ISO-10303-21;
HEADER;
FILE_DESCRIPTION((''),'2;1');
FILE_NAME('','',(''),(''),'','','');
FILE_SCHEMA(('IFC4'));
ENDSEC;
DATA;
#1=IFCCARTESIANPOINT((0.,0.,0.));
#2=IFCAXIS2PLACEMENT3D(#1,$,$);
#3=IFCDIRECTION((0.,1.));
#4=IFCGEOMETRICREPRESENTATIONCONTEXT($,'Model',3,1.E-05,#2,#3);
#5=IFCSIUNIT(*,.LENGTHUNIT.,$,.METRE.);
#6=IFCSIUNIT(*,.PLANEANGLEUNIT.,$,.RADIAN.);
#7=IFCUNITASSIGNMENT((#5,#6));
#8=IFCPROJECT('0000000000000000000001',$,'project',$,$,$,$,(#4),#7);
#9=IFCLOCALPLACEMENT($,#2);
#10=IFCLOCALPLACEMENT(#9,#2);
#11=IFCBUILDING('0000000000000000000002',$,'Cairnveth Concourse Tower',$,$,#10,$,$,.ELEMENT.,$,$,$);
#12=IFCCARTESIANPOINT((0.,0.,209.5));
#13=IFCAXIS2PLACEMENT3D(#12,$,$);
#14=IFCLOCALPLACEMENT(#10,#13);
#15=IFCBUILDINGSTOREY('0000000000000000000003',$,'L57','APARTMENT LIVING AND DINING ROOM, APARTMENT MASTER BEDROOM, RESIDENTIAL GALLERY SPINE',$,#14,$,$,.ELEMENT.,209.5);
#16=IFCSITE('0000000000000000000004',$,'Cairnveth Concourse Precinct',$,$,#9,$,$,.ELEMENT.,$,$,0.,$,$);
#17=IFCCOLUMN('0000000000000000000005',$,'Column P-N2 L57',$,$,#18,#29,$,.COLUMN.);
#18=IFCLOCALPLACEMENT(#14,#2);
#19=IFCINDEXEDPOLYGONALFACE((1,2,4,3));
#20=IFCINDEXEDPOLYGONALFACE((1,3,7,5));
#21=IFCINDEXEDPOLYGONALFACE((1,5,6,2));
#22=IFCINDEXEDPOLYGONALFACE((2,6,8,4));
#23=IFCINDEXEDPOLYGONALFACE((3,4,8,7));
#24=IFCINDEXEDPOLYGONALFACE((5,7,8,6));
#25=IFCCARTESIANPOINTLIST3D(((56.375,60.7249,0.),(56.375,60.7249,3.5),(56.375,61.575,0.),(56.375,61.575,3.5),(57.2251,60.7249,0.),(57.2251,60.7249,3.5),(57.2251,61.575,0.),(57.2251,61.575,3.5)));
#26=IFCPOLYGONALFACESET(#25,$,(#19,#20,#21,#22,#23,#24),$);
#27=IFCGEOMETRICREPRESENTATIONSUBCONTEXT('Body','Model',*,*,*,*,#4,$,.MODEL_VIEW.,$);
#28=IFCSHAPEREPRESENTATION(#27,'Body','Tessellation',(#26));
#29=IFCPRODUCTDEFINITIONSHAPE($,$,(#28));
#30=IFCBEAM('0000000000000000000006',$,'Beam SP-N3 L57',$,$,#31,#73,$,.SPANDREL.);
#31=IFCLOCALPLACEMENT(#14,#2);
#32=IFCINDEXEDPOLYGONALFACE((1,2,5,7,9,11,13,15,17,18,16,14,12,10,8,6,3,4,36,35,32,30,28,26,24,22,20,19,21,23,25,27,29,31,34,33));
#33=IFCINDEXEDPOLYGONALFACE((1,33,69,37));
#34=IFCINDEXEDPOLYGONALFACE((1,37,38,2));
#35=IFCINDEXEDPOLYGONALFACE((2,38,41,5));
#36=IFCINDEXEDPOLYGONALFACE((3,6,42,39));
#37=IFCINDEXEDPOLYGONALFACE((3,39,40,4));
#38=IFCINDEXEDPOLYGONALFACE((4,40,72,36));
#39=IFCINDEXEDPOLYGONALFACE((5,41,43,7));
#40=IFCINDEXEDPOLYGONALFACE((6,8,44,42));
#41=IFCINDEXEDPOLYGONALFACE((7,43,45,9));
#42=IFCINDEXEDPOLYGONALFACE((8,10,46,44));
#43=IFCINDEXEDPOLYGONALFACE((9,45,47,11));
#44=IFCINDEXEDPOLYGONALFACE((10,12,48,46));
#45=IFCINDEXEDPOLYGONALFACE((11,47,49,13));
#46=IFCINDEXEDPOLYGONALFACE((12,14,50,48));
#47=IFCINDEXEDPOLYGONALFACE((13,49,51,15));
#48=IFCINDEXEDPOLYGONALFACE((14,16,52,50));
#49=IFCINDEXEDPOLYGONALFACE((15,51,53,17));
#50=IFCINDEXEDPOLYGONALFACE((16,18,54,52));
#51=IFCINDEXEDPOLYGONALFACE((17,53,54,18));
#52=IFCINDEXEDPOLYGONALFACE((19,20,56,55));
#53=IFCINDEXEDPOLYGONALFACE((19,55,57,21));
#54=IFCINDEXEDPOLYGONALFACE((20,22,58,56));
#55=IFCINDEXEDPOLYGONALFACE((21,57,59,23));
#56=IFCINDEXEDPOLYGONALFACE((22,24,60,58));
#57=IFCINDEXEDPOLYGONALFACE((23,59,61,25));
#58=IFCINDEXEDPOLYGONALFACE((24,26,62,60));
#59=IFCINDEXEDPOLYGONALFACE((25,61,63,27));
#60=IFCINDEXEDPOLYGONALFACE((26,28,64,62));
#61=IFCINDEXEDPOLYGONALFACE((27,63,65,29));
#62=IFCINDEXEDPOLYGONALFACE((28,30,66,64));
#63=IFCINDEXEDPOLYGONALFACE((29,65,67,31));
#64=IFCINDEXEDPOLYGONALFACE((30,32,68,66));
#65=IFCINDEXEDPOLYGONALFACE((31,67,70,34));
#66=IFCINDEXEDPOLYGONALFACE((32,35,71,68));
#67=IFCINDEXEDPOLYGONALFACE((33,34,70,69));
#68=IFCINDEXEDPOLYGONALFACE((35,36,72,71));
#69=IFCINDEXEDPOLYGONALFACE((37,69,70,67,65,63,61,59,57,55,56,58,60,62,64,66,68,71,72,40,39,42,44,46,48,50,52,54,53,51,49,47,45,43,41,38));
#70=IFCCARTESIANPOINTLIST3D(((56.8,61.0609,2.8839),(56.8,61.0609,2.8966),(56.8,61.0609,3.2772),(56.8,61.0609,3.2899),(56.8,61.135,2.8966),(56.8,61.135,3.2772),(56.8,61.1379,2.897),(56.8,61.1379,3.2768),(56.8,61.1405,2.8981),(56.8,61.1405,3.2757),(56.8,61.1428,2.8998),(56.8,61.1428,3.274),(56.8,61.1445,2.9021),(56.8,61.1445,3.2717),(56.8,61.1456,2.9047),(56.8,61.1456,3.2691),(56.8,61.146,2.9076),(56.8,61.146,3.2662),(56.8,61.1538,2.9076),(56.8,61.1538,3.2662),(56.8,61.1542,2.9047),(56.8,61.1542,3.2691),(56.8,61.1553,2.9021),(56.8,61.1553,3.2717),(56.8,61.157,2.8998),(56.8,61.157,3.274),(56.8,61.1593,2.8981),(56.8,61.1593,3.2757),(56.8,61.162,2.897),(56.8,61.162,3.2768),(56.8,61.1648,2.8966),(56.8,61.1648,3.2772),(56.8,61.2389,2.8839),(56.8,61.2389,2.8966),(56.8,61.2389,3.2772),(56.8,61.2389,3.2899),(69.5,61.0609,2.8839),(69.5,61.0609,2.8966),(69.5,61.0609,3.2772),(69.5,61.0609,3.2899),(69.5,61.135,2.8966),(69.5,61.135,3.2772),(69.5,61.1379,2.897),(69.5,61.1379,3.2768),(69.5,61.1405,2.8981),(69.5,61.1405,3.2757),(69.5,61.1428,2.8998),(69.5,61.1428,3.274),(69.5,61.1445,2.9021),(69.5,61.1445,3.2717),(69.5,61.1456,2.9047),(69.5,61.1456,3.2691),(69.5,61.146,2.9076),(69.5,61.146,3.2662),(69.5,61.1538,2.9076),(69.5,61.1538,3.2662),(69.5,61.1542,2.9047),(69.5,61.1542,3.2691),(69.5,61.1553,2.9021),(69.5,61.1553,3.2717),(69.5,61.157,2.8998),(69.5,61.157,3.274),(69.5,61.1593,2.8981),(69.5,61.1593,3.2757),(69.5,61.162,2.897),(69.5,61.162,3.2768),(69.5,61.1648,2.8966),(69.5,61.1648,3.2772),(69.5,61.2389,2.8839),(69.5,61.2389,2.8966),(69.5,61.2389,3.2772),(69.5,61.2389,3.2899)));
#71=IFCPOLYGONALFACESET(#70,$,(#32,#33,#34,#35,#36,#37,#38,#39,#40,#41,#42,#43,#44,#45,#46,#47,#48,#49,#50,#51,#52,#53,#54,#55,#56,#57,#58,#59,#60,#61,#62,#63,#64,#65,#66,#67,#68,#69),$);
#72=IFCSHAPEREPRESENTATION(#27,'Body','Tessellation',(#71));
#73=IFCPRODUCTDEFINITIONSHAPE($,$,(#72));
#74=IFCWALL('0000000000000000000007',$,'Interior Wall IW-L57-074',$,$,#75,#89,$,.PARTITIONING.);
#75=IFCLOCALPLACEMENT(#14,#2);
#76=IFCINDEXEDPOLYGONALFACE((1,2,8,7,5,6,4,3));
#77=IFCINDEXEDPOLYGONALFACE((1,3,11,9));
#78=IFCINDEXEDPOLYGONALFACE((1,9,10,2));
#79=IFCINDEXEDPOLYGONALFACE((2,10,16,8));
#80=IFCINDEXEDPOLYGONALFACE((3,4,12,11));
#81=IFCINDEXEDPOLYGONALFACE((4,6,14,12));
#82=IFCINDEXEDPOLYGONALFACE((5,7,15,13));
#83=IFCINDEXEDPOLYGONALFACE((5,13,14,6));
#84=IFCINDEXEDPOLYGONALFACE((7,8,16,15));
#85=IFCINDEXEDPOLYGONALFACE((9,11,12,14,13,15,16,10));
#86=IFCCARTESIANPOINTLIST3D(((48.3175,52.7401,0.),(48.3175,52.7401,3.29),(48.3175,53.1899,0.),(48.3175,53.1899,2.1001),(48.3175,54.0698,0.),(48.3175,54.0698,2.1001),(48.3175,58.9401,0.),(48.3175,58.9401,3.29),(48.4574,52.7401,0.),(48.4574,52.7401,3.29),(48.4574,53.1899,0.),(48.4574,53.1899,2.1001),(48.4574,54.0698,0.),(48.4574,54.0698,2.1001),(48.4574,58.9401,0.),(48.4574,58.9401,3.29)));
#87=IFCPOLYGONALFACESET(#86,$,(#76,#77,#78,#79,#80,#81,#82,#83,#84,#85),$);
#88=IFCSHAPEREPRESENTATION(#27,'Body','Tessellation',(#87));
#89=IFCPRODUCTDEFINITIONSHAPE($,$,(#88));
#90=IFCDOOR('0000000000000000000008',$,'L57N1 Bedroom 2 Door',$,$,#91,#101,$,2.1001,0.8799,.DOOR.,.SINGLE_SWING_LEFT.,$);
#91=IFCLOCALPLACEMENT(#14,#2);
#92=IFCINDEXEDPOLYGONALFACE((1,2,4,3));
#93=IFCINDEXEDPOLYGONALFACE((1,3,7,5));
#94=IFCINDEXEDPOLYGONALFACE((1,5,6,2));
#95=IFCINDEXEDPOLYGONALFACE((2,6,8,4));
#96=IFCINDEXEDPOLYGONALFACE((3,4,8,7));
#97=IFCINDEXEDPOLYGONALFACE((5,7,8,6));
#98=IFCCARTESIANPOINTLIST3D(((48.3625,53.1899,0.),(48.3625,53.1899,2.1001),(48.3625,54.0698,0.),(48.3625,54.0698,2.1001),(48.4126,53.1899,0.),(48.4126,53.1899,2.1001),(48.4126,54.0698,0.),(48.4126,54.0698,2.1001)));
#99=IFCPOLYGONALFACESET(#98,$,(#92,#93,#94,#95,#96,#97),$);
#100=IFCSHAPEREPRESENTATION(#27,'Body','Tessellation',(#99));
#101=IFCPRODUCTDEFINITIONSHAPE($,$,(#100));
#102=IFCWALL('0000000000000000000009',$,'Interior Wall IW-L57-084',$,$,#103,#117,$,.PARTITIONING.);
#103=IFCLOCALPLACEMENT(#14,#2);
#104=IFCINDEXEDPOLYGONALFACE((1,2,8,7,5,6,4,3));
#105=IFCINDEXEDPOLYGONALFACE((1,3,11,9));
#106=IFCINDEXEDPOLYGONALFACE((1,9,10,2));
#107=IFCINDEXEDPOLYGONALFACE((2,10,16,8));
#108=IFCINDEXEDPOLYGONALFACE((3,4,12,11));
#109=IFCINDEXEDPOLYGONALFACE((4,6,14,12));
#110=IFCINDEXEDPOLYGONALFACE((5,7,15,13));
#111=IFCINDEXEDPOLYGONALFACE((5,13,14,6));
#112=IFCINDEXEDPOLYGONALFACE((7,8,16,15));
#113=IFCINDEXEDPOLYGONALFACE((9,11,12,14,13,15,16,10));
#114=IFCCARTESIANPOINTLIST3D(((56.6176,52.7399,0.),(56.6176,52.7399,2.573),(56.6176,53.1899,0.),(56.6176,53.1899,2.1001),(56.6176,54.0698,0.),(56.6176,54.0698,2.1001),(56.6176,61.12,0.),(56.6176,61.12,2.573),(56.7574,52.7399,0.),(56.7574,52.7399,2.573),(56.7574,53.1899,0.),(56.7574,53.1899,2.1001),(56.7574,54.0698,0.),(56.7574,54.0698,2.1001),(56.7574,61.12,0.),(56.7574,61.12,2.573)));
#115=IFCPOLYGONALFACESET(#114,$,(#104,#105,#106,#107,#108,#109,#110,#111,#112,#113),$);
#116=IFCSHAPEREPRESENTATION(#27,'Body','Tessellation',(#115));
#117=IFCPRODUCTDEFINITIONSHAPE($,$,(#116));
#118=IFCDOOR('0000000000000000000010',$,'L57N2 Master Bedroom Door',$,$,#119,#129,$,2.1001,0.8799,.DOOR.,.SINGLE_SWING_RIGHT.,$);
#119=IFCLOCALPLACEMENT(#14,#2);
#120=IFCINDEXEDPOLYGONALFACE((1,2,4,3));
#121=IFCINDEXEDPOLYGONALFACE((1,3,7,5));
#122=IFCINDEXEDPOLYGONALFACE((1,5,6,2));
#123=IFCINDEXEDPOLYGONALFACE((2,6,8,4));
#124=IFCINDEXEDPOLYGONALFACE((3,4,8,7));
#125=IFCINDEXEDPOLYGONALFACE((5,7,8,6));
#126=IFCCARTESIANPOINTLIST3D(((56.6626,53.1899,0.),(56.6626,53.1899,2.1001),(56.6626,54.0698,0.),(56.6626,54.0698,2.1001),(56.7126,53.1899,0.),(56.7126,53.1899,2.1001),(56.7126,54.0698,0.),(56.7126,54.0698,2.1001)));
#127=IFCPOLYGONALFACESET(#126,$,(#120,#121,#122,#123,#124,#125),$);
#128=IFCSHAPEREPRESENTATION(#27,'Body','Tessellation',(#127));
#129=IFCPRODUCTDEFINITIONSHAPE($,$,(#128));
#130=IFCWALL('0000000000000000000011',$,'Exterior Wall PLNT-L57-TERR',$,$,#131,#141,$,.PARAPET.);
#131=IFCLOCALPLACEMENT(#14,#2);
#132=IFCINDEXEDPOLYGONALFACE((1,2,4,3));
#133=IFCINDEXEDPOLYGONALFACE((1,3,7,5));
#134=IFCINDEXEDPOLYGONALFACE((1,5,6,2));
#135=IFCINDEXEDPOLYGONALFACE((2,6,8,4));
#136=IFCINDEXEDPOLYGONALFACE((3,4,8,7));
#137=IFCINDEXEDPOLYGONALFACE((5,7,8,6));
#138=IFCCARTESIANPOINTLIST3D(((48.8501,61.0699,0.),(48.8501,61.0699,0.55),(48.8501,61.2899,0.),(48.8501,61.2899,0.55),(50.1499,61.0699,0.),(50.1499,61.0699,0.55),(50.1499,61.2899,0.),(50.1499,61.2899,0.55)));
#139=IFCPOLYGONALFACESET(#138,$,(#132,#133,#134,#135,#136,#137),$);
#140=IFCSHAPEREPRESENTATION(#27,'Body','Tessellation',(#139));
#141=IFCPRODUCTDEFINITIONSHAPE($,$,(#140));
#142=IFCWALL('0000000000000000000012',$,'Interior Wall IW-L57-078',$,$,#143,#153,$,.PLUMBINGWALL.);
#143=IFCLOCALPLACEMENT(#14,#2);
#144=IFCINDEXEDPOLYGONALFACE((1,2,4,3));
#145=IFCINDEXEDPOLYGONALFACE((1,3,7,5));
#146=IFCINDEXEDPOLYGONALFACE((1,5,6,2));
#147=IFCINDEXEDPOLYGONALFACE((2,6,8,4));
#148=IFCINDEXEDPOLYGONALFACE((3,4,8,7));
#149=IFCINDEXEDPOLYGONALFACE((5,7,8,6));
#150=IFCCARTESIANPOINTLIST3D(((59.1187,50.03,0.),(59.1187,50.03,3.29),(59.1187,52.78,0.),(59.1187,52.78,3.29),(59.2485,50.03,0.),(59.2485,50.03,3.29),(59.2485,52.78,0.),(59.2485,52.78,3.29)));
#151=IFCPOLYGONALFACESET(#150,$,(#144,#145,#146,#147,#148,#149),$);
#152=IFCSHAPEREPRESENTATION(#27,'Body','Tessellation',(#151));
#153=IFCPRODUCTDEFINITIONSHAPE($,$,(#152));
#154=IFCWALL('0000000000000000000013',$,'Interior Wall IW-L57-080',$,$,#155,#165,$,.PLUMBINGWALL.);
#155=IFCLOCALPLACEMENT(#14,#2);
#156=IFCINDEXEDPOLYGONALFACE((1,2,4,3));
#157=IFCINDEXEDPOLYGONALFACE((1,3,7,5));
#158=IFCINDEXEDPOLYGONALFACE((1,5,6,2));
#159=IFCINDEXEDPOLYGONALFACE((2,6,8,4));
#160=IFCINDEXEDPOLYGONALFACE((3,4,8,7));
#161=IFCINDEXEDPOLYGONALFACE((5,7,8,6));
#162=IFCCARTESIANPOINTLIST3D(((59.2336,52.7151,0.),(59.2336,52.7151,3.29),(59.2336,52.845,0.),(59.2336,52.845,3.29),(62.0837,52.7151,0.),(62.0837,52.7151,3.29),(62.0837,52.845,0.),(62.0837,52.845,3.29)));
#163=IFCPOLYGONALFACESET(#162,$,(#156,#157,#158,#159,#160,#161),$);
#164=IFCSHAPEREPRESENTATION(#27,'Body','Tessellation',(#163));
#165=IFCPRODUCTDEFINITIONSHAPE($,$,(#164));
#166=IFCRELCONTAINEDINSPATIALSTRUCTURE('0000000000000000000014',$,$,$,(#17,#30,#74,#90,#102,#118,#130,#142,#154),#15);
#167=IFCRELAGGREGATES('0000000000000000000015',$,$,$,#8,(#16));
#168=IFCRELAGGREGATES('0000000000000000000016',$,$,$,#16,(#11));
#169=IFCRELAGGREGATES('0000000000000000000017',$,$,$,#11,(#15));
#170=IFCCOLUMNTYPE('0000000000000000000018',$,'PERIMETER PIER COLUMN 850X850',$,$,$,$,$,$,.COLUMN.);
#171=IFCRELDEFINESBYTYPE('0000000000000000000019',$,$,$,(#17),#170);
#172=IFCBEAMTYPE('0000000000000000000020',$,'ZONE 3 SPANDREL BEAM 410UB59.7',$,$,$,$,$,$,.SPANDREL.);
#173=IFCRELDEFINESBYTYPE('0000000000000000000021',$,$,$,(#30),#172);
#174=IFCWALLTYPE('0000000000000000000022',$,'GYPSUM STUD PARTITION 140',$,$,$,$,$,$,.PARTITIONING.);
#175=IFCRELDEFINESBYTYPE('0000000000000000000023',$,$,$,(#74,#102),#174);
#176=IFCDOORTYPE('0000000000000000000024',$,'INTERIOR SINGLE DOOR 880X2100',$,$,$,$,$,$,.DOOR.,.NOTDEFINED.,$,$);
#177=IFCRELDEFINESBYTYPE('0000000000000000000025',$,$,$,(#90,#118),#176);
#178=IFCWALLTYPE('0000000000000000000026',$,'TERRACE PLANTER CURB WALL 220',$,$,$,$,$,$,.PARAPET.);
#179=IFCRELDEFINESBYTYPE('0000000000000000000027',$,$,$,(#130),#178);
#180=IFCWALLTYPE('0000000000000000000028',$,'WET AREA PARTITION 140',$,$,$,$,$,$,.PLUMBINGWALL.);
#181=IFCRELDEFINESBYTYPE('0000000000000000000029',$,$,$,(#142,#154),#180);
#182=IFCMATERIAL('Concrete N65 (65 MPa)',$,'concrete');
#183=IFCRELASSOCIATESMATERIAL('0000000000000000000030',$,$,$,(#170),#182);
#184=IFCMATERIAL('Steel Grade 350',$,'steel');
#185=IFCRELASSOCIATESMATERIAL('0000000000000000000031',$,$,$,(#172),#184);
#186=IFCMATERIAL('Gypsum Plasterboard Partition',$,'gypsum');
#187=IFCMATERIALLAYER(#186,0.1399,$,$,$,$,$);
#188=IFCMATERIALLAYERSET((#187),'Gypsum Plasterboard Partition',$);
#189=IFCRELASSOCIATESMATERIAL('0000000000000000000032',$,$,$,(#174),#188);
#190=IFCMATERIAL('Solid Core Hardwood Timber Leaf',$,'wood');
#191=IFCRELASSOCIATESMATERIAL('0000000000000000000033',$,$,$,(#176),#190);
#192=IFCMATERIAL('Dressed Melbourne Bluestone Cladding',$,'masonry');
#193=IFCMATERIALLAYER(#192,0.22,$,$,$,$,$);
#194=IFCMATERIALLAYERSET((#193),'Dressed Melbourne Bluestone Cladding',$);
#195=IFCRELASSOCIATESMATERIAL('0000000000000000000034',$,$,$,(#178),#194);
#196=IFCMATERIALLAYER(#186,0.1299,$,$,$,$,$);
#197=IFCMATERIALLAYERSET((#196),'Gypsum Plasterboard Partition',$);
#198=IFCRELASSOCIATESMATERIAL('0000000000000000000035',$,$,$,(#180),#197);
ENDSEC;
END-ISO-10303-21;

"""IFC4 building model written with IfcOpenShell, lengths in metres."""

from ifc_helpers import new_model, si_unit, direction, frame, frame_2d, origin, origin_2d, place, context, subcontext, project, spatial, rectangle, i_section, extrude, material, layer, layer_set, material_profile, profile_set, type_object, element, fill, save


model = new_model("IFC4")

# Units and contexts
model_context = context("Model", 3, precision=1e-05, world=origin(), true_north=direction((0.0, 1.0)))
body_context = subcontext(model_context, "Body", "Model", "MODEL_VIEW")
ifc_project = project(units=[si_unit("LENGTHUNIT", "METRE"), si_unit("PLANEANGLEUNIT", "RADIAN")], contexts=[model_context])

# Site, building, storey
site_placement = place(None, origin())
site = spatial("IfcSite", under=ifc_project, at=site_placement, Name="Cairnveth Concourse Precinct", CompositionType="ELEMENT", RefElevation=0.0)
building_placement = place(site_placement, origin())
building = spatial("IfcBuilding", under=site, at=building_placement, Name="Cairnveth Concourse Tower", CompositionType="ELEMENT")
storey_placement = place(building_placement, frame((0.0, 0.0, 209.5)))
storey = spatial("IfcBuildingStorey", under=building, at=storey_placement, Name="L57", Description="APARTMENT LIVING AND DINING ROOM, APARTMENT MASTER BEDROOM, RESIDENTIAL GALLERY SPINE", CompositionType="ELEMENT", Elevation=209.5)

# Column
ifc_material_1 = material(Name="Concrete N65 (65 MPa)", Category="concrete")
ifc_material_profile_1 = material_profile(ifc_material_1, rectangle(XDim=0.8501, YDim=0.8501, at=origin_2d()), Name="RC-COL-850x850")
ifc_profile_set_1 = profile_set([ifc_material_profile_1], Name="Concrete N65 (65 MPa)")
column_type = type_object("IfcColumnType", Name="PERIMETER PIER COLUMN 850X850", PredefinedType="COLUMN", material=ifc_profile_set_1)
column_placement = place(storey_placement, frame((56.8, 61.1499, 0.0), z_axis=(0.0, 0.0, 1.0), x_axis=(1.0, 0.0, 0.0)))
element("IfcColumn", 1, at=column_placement, inside=storey, type_object=column_type, Name="Column P-N2 L57", PredefinedType="COLUMN", context=body_context, shape_type="SweptSolid", body=[
    extrude(rectangle(XDim=0.8501, YDim=0.8501, at=origin_2d()), origin(), (0.0, 0.0, 1.0), 3.5),
])

# Beam
ifc_material_2 = material(Name="Steel Grade 350", Category="steel")
ifc_material_profile_2 = material_profile(ifc_material_2, i_section(OverallWidth=0.178, OverallDepth=0.406, WebThickness=0.0078, FlangeThickness=0.0127, FilletRadius=0.011, at=origin_2d()), Name="410UB59.7")
ifc_profile_set_2 = profile_set([ifc_material_profile_2], Name="Steel Grade 350")
beam_type = type_object("IfcBeamType", Name="ZONE 3 SPANDREL BEAM 410UB59.7", PredefinedType="SPANDREL", material=ifc_profile_set_2)
beam_placement = place(storey_placement, frame((56.8, 61.1499, 3.0869), z_axis=(1.0, 0.0, 0.0), x_axis=(0.0, 1.0, 0.0)))
element("IfcBeam", 2, at=beam_placement, inside=storey, type_object=beam_type, Name="Beam SP-N3 L57", PredefinedType="SPANDREL", context=body_context, shape_type="SweptSolid", body=[
    extrude(i_section(OverallWidth=0.178, OverallDepth=0.406, WebThickness=0.0078, FlangeThickness=0.0127, FilletRadius=0.011, at=origin_2d()), origin(), (0.0, 0.0, 1.0), 12.7),
])

# Walls, openings, doors
ifc_material_3 = material(Name="Gypsum Plasterboard Partition", Category="gypsum")
ifc_layer_1 = layer(ifc_material_3, 0.1399)
ifc_layer_set_1 = layer_set([ifc_layer_1], Name="Gypsum Plasterboard Partition")
wall_type_1 = type_object("IfcWallType", Name="GYPSUM STUD PARTITION 140", PredefinedType="PARTITIONING", material=ifc_layer_set_1)
wall_1_placement = place(storey_placement, frame((48.3875, 52.74, 0.0), z_axis=(0.0, 0.0, 1.0), x_axis=(0.0, 1.0, 0.0)))
wall_1 = element("IfcWall", 3, at=wall_1_placement, inside=storey, type_object=wall_type_1, Name="Interior Wall IW-L57-074", PredefinedType="PARTITIONING", context=body_context, shape_type="SweptSolid", body=[
    extrude(rectangle(XDim=6.2, YDim=0.1399, at=frame_2d((3.1001, 0.0))), origin(), (0.0, 0.0, 1.0), 3.29),
])
opening_1_placement = place(wall_1_placement, frame((0.45, 0.0, 0.0)))
opening_1 = element("IfcOpeningElement", 4, at=opening_1_placement, cuts=wall_1, PredefinedType="OPENING", context=body_context, shape_type="SweptSolid", body=[
    extrude(rectangle(XDim=0.8799, YDim=2.1001, at=frame_2d((0.4399, 1.05))), frame((0.0, 0.0798, 0.0), z_axis=(0.0, -1.0, 0.0), x_axis=(1.0, 0.0, 0.0)), (0.0, 0.0, 1.0), 0.1599),
])
ifc_material_4 = material(Name="Solid Core Hardwood Timber Leaf", Category="wood")
door_type_1 = type_object("IfcDoorType", Name="INTERIOR SINGLE DOOR 880X2100", OperationType="NOTDEFINED", PredefinedType="DOOR", material=ifc_material_4)
door_1_placement = place(opening_1_placement, origin())
door_1 = element("IfcDoor", 5, at=door_1_placement, inside=storey, type_object=door_type_1, Name="L57N1 Bedroom 2 Door", OperationType="SINGLE_SWING_LEFT", OverallHeight=2.1001, OverallWidth=0.8799, PredefinedType="DOOR", context=body_context, shape_type="SweptSolid", body=[
    extrude(rectangle(XDim=0.8799, YDim=2.1001, at=frame_2d((0.4399, 1.05))), frame((0.0, 0.0249, 0.0), z_axis=(0.0, -1.0, 0.0), x_axis=(1.0, 0.0, 0.0)), (0.0, 0.0, 1.0), 0.05),
])
fill(opening_1, door_1)
wall_2_placement = place(storey_placement, frame((56.6875, 52.74, 0.0), z_axis=(0.0, 0.0, 1.0), x_axis=(0.0, 1.0, 0.0)))
wall_2 = element("IfcWall", 6, at=wall_2_placement, inside=storey, type_object=wall_type_1, Name="Interior Wall IW-L57-084", PredefinedType="PARTITIONING", context=body_context, shape_type="SweptSolid", body=[
    extrude(rectangle(XDim=8.3801, YDim=0.1399, at=frame_2d((4.1899, 0.0))), origin(), (0.0, 0.0, 1.0), 2.573),
])
opening_2_placement = place(wall_2_placement, frame((0.45, 0.0, 0.0)))
opening_2 = element("IfcOpeningElement", 7, at=opening_2_placement, cuts=wall_2, PredefinedType="OPENING", context=body_context, shape_type="SweptSolid", body=[
    extrude(rectangle(XDim=0.8799, YDim=2.1001, at=frame_2d((0.4399, 1.05))), frame((0.0, 0.0798, 0.0), z_axis=(0.0, -1.0, 0.0), x_axis=(1.0, 0.0, 0.0)), (0.0, 0.0, 1.0), 0.1599),
])
door_2_placement = place(opening_2_placement, origin())
door_2 = element("IfcDoor", 8, at=door_2_placement, inside=storey, type_object=door_type_1, Name="L57N2 Master Bedroom Door", OperationType="SINGLE_SWING_RIGHT", OverallHeight=2.1001, OverallWidth=0.8799, PredefinedType="DOOR", context=body_context, shape_type="SweptSolid", body=[
    extrude(rectangle(XDim=0.8799, YDim=2.1001, at=frame_2d((0.4399, 1.05))), frame((0.0, 0.0249, 0.0), z_axis=(0.0, -1.0, 0.0), x_axis=(1.0, 0.0, 0.0)), (0.0, 0.0, 1.0), 0.05),
])
fill(opening_2, door_2)

# Walls
ifc_material_5 = material(Name="Dressed Melbourne Bluestone Cladding", Category="masonry")
ifc_layer_2 = layer(ifc_material_5, 0.22)
ifc_layer_set_2 = layer_set([ifc_layer_2], Name="Dressed Melbourne Bluestone Cladding")
wall_type_2 = type_object("IfcWallType", Name="TERRACE PLANTER CURB WALL 220", PredefinedType="PARAPET", material=ifc_layer_set_2)
wall_3_placement = place(storey_placement, frame((48.8501, 61.1799, 0.0), z_axis=(0.0, 0.0, 1.0), x_axis=(1.0, 0.0, 0.0)))
element("IfcWall", 9, at=wall_3_placement, inside=storey, type_object=wall_type_2, Name="Exterior Wall PLNT-L57-TERR", PredefinedType="PARAPET", context=body_context, shape_type="SweptSolid", body=[
    extrude(rectangle(XDim=1.2998, YDim=0.22, at=frame_2d((0.6499, 0.0))), origin(), (0.0, 0.0, 1.0), 0.55),
])
ifc_layer_3 = layer(ifc_material_3, 0.1299)
ifc_layer_set_3 = layer_set([ifc_layer_3], Name="Gypsum Plasterboard Partition")
wall_type_3 = type_object("IfcWallType", Name="WET AREA PARTITION 140", PredefinedType="PLUMBINGWALL", material=ifc_layer_set_3)
wall_4_placement = place(storey_placement, frame((59.1836, 50.03, 0.0), z_axis=(0.0, 0.0, 1.0), x_axis=(0.0, 1.0, 0.0)))
element("IfcWall", 10, at=wall_4_placement, inside=storey, type_object=wall_type_3, Name="Interior Wall IW-L57-078", PredefinedType="PLUMBINGWALL", context=body_context, shape_type="SweptSolid", body=[
    extrude(rectangle(XDim=2.75, YDim=0.1299, at=frame_2d((1.375, 0.0))), origin(), (0.0, 0.0, 1.0), 3.29),
])
wall_5_placement = place(storey_placement, frame((59.2336, 52.78, 0.0), z_axis=(0.0, 0.0, 1.0), x_axis=(1.0, 0.0, 0.0)))
element("IfcWall", 11, at=wall_5_placement, inside=storey, type_object=wall_type_3, Name="Interior Wall IW-L57-080", PredefinedType="PLUMBINGWALL", context=body_context, shape_type="SweptSolid", body=[
    extrude(rectangle(XDim=2.8501, YDim=0.1299, at=frame_2d((1.425, 0.0))), origin(), (0.0, 0.0, 1.0), 3.29),
])

save(model, "model.ifc")
